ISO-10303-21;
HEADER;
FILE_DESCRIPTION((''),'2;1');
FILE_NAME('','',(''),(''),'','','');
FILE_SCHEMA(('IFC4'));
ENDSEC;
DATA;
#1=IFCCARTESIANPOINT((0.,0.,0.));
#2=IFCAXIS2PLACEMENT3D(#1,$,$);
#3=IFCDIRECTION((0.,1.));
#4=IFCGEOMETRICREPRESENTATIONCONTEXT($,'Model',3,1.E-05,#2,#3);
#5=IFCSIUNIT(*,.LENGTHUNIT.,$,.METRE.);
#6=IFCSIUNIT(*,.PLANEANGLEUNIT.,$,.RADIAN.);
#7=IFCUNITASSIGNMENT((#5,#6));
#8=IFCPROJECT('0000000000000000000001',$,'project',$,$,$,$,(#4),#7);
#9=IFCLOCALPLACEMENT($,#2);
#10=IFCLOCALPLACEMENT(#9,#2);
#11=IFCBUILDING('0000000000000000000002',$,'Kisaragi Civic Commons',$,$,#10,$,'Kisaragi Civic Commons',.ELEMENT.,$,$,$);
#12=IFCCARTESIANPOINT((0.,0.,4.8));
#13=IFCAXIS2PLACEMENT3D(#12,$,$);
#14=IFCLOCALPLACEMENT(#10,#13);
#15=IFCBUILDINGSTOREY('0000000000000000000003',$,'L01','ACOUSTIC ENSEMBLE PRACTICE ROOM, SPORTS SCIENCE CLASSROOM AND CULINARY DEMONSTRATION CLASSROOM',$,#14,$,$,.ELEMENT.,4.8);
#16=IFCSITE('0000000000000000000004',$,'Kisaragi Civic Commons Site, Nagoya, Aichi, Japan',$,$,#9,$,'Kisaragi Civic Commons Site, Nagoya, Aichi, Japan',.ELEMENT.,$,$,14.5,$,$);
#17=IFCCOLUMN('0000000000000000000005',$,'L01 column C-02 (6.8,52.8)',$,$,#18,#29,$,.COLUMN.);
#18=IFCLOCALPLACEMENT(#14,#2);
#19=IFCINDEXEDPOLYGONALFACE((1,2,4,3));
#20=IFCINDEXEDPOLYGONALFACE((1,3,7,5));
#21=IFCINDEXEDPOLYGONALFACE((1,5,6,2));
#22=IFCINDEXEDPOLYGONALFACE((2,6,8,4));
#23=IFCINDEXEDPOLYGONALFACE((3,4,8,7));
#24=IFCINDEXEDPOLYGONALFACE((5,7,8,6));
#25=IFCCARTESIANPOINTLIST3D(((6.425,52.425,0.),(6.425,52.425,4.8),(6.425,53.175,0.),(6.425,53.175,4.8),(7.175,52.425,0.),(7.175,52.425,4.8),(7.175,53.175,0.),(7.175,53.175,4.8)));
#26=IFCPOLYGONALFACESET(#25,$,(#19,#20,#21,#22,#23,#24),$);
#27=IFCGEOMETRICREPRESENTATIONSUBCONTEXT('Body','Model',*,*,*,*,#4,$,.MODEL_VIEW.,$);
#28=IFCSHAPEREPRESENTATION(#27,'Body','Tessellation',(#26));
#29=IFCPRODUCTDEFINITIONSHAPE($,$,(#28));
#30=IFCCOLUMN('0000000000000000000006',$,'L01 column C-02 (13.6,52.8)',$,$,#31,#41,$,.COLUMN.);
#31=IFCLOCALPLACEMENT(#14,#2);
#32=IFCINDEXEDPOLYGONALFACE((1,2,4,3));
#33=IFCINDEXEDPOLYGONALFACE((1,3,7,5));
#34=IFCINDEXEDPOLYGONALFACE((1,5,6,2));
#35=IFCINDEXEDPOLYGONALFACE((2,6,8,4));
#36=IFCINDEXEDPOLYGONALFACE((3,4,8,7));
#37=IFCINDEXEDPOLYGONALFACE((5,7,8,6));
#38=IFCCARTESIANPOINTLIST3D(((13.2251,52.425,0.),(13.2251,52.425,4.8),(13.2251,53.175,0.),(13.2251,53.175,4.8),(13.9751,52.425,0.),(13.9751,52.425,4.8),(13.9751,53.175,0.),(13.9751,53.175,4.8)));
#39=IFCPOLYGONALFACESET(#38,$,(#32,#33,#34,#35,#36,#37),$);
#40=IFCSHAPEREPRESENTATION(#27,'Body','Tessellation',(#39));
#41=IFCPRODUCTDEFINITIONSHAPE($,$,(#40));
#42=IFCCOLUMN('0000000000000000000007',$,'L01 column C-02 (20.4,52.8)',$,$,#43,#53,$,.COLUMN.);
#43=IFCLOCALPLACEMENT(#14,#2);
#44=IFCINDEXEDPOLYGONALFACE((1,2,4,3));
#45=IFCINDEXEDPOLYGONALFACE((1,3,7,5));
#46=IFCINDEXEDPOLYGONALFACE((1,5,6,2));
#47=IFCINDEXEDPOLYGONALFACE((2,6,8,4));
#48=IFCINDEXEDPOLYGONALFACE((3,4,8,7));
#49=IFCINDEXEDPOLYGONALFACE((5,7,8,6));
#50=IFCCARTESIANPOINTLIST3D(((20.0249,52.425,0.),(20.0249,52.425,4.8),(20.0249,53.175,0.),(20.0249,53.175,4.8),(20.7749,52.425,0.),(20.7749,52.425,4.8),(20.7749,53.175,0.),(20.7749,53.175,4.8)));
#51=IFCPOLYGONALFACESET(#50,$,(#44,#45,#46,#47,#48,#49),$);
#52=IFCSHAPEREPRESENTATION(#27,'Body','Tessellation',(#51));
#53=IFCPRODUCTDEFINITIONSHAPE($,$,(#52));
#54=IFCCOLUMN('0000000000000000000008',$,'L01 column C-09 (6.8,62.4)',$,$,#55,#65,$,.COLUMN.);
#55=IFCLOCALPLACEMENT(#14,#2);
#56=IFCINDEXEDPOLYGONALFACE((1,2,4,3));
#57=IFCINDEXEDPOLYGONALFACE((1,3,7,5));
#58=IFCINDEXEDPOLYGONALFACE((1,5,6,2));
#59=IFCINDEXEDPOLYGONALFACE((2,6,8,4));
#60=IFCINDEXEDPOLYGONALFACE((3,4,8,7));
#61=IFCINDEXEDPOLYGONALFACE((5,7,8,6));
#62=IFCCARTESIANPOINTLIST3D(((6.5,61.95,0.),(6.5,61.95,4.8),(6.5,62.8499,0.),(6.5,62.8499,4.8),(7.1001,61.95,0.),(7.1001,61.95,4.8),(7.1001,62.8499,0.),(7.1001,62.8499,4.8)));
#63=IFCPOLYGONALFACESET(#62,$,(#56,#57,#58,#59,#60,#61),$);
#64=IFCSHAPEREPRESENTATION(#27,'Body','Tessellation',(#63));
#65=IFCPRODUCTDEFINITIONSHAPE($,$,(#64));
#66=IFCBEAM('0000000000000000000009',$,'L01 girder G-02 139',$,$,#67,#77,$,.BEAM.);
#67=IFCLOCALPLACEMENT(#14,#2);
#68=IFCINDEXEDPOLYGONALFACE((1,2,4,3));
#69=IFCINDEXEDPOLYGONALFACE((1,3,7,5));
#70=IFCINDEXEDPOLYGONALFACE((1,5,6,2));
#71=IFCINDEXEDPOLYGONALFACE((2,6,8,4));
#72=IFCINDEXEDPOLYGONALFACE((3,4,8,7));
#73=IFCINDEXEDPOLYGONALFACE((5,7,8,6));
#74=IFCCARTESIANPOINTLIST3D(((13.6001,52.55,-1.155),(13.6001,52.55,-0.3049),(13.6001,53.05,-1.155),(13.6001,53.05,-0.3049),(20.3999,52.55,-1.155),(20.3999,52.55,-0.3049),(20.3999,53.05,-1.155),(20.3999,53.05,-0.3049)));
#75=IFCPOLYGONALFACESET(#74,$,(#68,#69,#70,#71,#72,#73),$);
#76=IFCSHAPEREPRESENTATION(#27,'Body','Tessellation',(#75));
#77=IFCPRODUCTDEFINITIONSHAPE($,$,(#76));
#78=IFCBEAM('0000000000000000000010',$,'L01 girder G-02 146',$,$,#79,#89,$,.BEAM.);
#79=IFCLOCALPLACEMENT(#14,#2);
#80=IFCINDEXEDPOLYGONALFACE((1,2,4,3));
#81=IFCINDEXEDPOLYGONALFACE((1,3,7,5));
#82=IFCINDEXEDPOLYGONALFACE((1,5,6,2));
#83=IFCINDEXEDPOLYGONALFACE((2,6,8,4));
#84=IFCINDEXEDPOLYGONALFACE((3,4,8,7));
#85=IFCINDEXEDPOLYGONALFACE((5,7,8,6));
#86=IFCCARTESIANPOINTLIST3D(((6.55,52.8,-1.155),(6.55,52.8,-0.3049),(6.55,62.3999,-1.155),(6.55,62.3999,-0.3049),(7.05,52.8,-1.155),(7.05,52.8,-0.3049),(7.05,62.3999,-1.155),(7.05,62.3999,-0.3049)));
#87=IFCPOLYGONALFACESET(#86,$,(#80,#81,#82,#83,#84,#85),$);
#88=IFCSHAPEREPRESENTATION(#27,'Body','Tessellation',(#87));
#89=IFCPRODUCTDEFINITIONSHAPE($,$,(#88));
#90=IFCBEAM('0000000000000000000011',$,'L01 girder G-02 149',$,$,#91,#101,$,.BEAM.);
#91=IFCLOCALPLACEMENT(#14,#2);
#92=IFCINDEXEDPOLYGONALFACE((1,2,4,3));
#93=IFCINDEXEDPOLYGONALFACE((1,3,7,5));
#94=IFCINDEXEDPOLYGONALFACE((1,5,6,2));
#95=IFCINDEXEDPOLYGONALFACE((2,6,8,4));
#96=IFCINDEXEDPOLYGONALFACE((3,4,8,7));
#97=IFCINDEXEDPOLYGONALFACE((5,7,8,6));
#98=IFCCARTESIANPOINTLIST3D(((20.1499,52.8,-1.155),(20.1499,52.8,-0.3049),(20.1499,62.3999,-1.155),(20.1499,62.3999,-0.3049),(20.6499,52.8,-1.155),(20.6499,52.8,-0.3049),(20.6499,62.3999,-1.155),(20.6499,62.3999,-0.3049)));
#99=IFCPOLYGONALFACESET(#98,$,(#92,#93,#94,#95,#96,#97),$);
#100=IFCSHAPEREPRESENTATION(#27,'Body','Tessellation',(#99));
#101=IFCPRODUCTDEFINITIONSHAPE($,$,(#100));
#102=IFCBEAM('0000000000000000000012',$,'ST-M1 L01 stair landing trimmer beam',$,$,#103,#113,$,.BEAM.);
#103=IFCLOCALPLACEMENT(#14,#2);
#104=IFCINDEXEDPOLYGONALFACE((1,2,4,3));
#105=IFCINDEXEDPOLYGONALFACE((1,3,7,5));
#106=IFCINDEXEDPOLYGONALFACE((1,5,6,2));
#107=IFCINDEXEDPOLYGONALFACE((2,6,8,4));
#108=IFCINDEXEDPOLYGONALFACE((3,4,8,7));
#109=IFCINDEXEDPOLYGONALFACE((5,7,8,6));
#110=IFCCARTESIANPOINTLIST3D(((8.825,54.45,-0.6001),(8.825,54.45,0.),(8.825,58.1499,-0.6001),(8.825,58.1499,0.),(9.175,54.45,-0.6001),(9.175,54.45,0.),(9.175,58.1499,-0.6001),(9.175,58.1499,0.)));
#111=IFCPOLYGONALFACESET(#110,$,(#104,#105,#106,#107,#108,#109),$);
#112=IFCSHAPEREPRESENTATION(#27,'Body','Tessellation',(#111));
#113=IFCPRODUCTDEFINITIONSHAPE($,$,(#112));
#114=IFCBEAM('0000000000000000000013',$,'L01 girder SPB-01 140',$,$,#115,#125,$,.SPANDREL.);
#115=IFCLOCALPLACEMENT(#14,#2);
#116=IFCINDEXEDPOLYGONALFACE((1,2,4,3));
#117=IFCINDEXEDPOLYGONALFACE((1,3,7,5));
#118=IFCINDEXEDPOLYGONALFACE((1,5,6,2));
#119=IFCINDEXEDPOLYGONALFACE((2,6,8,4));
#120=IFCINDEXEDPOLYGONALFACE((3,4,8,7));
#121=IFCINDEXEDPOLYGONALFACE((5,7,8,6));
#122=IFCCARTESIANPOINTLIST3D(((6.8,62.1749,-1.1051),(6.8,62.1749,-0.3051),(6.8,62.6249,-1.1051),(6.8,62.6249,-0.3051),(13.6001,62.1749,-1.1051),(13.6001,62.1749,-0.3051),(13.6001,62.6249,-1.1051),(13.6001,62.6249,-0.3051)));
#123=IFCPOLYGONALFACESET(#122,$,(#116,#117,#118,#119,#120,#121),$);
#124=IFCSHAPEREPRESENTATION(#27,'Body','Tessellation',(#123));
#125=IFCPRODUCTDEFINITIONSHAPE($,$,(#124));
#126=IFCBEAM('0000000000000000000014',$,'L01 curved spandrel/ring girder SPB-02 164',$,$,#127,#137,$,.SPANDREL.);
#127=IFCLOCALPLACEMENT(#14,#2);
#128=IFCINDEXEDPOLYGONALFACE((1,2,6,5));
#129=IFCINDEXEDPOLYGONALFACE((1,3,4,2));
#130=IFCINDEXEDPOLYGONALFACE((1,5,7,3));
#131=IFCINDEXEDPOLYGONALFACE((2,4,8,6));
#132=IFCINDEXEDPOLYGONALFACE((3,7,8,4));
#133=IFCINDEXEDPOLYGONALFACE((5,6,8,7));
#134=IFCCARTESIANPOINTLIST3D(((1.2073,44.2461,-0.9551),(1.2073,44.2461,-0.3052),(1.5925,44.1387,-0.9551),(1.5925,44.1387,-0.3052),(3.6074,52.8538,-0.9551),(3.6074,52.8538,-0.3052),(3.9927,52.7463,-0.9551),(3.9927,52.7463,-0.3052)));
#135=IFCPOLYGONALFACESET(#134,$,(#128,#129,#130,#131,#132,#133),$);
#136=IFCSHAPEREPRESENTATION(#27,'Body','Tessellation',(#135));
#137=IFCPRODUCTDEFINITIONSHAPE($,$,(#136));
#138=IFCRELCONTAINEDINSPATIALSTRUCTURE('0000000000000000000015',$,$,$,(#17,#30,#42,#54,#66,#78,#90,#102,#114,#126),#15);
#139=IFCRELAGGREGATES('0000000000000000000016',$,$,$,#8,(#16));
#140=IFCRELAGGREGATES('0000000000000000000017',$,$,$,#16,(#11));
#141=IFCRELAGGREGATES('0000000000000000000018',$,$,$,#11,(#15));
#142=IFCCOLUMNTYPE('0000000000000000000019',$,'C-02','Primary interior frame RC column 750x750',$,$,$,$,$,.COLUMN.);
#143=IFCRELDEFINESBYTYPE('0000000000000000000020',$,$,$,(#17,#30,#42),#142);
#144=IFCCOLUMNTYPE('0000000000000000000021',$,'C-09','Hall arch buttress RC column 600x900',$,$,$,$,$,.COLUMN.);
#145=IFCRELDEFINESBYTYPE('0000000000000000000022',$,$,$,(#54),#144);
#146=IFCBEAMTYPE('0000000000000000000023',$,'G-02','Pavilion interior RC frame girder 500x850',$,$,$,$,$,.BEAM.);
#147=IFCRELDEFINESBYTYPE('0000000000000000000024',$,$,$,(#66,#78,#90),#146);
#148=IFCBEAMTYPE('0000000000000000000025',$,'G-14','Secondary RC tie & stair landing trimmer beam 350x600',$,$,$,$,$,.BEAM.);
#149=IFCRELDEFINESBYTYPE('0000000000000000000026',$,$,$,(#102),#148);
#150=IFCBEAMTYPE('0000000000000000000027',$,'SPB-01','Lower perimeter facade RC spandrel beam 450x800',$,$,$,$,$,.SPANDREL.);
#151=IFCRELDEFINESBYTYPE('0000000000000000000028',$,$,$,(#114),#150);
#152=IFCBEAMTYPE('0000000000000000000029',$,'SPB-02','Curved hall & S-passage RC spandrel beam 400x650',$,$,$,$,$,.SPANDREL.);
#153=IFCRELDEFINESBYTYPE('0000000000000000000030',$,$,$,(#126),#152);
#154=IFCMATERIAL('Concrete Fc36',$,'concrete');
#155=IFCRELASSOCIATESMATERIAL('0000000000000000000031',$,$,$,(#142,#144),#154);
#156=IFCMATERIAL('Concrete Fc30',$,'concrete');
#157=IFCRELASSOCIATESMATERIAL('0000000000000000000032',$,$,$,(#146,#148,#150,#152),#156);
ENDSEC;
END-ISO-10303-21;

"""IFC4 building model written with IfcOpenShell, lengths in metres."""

from ifc_helpers import new_model, si_unit, direction, frame, origin, origin_2d, place, context, subcontext, project, spatial, rectangle, extrude, material, material_profile, profile_set, type_object, element, save


model = new_model("IFC4")

# Units and contexts
model_context = context("Model", 3, precision=1e-05, world=origin(), true_north=direction((0.0, 1.0)))
body_context = subcontext(model_context, "Body", "Model", "MODEL_VIEW")
ifc_project = project(units=[si_unit("LENGTHUNIT", "METRE"), si_unit("PLANEANGLEUNIT", "RADIAN")], contexts=[model_context])

# Site, building, storey
site_placement = place(None, origin())
site = spatial("IfcSite", under=ifc_project, at=site_placement, Name="Kisaragi Civic Commons Site, Nagoya, Aichi, Japan", LongName="Kisaragi Civic Commons Site, Nagoya, Aichi, Japan", CompositionType="ELEMENT", RefElevation=14.5)
building_placement = place(site_placement, origin())
building = spatial("IfcBuilding", under=site, at=building_placement, Name="Kisaragi Civic Commons", LongName="Kisaragi Civic Commons", CompositionType="ELEMENT")
storey_placement = place(building_placement, frame((0.0, 0.0, 4.8)))
storey = spatial("IfcBuildingStorey", under=building, at=storey_placement, Name="L01", Description="ACOUSTIC ENSEMBLE PRACTICE ROOM, SPORTS SCIENCE CLASSROOM AND CULINARY DEMONSTRATION CLASSROOM", CompositionType="ELEMENT", Elevation=4.8)

# Columns
ifc_material_1 = material(Name="Concrete Fc36", Category="concrete")
ifc_material_profile_1 = material_profile(ifc_material_1, rectangle(XDim=0.75, YDim=0.75, at=origin_2d()), Name="RC-750x750", Category="concrete")
ifc_profile_set_1 = profile_set([ifc_material_profile_1], Name="Concrete Fc36")
column_type_1 = type_object("IfcColumnType", Name="C-02", Description="Primary interior frame RC column 750x750", PredefinedType="COLUMN", material=ifc_profile_set_1)
for number, where, z_axis, x_axis, name in (
    (1, (6.8, 52.8, 0.0), (0.0, 0.0, 1.0), (1.0, 0.0, 0.0), "L01 column C-02 (6.8,52.8)"),
    (2, (13.6001, 52.8, 0.0), (0.0, 0.0, 1.0), (1.0, 0.0, 0.0), "L01 column C-02 (13.6,52.8)"),
    (3, (20.3999, 52.8, 0.0), (0.0, 0.0, 1.0), (1.0, 0.0, 0.0), "L01 column C-02 (20.4,52.8)"),
):
    element("IfcColumn", number, at=place(storey_placement, frame(where, z_axis=z_axis, x_axis=x_axis)), inside=storey, type_object=column_type_1, Name=name, PredefinedType="COLUMN", context=body_context, shape_type="SweptSolid", body=[
        extrude(rectangle(XDim=0.75, YDim=0.75, at=origin_2d()), origin(), (0.0, 0.0, 1.0), 4.8),
    ])
ifc_material_profile_2 = material_profile(ifc_material_1, rectangle(XDim=0.6001, YDim=0.8999, at=origin_2d()), Name="RC-600x900", Category="concrete")
ifc_profile_set_2 = profile_set([ifc_material_profile_2], Name="Concrete Fc36")
column_type_2 = type_object("IfcColumnType", Name="C-09", Description="Hall arch buttress RC column 600x900", PredefinedType="COLUMN", material=ifc_profile_set_2)
column_placement = place(storey_placement, frame((6.8, 62.3999, 0.0), z_axis=(0.0, 0.0, 1.0), x_axis=(1.0, 0.0, 0.0)))
element("IfcColumn", 4, at=column_placement, inside=storey, type_object=column_type_2, Name="L01 column C-09 (6.8,62.4)", PredefinedType="COLUMN", context=body_context, shape_type="SweptSolid", body=[
    extrude(rectangle(XDim=0.6001, YDim=0.8999, at=origin_2d()), origin(), (0.0, 0.0, 1.0), 4.8),
])

# Beams
ifc_material_2 = material(Name="Concrete Fc30", Category="concrete")
ifc_material_profile_3 = material_profile(ifc_material_2, rectangle(XDim=0.5, YDim=0.8501, at=origin_2d()), Name="RC-500x850", Category="concrete")
ifc_profile_set_3 = profile_set([ifc_material_profile_3], Name="Concrete Fc30")
beam_type_1 = type_object("IfcBeamType", Name="G-02", Description="Pavilion interior RC frame girder 500x850", PredefinedType="BEAM", material=ifc_profile_set_3)
beam_1_placement = place(storey_placement, frame((13.6001, 52.8, -0.73), z_axis=(1.0, 0.0, 0.0), x_axis=(0.0, 1.0, 0.0)))
element("IfcBeam", 5, at=beam_1_placement, inside=storey, type_object=beam_type_1, Name="L01 girder G-02 139", PredefinedType="BEAM", context=body_context, shape_type="SweptSolid", body=[
    extrude(rectangle(XDim=0.5, YDim=0.8501, at=origin_2d()), origin(), (0.0, 0.0, 1.0), 6.7998),
])
for number, where, z_axis, x_axis, name in (
    (6, (6.8, 52.8, -0.73), (0.0, 1.0, 0.0), (-1.0, 0.0, 0.0), "L01 girder G-02 146"),
    (7, (20.3999, 52.8, -0.73), (0.0, 1.0, 0.0), (-1.0, 0.0, 0.0), "L01 girder G-02 149"),
):
    element("IfcBeam", number, at=place(storey_placement, frame(where, z_axis=z_axis, x_axis=x_axis)), inside=storey, type_object=beam_type_1, Name=name, PredefinedType="BEAM", context=body_context, shape_type="SweptSolid", body=[
        extrude(rectangle(XDim=0.5, YDim=0.8501, at=origin_2d()), origin(), (0.0, 0.0, 1.0), 9.5999),
    ])
ifc_material_profile_4 = material_profile(ifc_material_2, rectangle(XDim=0.3501, YDim=0.6001, at=origin_2d()), Name="RC-350x600", Category="concrete")
ifc_profile_set_4 = profile_set([ifc_material_profile_4], Name="Concrete Fc30")
beam_type_2 = type_object("IfcBeamType", Name="G-14", Description="Secondary RC tie & stair landing trimmer beam 350x600", PredefinedType="BEAM", material=ifc_profile_set_4)
beam_2_placement = place(storey_placement, frame((9.0, 54.45, -0.3), z_axis=(0.0, 1.0, 0.0), x_axis=(-1.0, 0.0, 0.0)))
element("IfcBeam", 8, at=beam_2_placement, inside=storey, type_object=beam_type_2, Name="ST-M1 L01 stair landing trimmer beam", PredefinedType="BEAM", context=body_context, shape_type="SweptSolid", body=[
    extrude(rectangle(XDim=0.3501, YDim=0.6001, at=origin_2d()), origin(), (0.0, 0.0, 1.0), 3.7),
])
ifc_material_profile_5 = material_profile(ifc_material_2, rectangle(XDim=0.45, YDim=0.8, at=origin_2d()), Name="RC-450x800", Category="concrete")
ifc_profile_set_5 = profile_set([ifc_material_profile_5], Name="Concrete Fc30")
beam_type_3 = type_object("IfcBeamType", Name="SPB-01", Description="Lower perimeter facade RC spandrel beam 450x800", PredefinedType="SPANDREL", material=ifc_profile_set_5)
beam_3_placement = place(storey_placement, frame((6.8, 62.3999, -0.7051), z_axis=(1.0, 0.0, 0.0), x_axis=(0.0, 1.0, 0.0)))
element("IfcBeam", 9, at=beam_3_placement, inside=storey, type_object=beam_type_3, Name="L01 girder SPB-01 140", PredefinedType="SPANDREL", context=body_context, shape_type="SweptSolid", body=[
    extrude(rectangle(XDim=0.45, YDim=0.8, at=origin_2d()), origin(), (0.0, 0.0, 1.0), 6.8),
])
ifc_material_profile_6 = material_profile(ifc_material_2, rectangle(XDim=0.3999, YDim=0.6499, at=origin_2d()), Name="RC-400x650", Category="concrete")
ifc_profile_set_6 = profile_set([ifc_material_profile_6], Name="Concrete Fc30")
beam_type_4 = type_object("IfcBeamType", Name="SPB-02", Description="Curved hall & S-passage RC spandrel beam 400x650", PredefinedType="SPANDREL", material=ifc_profile_set_6)
beam_4_placement = place(storey_placement, frame((3.8, 52.8, -0.6301), z_axis=(-0.268592, -0.963254, 0.0), x_axis=(0.963254, -0.268592, 0.0)))
element("IfcBeam", 10, at=beam_4_placement, inside=storey, type_object=beam_type_4, Name="L01 curved spandrel/ring girder SPB-02 164", PredefinedType="SPANDREL", context=body_context, shape_type="SweptSolid", body=[
    extrude(rectangle(XDim=0.3999, YDim=0.6499, at=origin_2d()), origin(), (0.0, 0.0, 1.0), 8.936),
])

save(model, "model.ifc")
